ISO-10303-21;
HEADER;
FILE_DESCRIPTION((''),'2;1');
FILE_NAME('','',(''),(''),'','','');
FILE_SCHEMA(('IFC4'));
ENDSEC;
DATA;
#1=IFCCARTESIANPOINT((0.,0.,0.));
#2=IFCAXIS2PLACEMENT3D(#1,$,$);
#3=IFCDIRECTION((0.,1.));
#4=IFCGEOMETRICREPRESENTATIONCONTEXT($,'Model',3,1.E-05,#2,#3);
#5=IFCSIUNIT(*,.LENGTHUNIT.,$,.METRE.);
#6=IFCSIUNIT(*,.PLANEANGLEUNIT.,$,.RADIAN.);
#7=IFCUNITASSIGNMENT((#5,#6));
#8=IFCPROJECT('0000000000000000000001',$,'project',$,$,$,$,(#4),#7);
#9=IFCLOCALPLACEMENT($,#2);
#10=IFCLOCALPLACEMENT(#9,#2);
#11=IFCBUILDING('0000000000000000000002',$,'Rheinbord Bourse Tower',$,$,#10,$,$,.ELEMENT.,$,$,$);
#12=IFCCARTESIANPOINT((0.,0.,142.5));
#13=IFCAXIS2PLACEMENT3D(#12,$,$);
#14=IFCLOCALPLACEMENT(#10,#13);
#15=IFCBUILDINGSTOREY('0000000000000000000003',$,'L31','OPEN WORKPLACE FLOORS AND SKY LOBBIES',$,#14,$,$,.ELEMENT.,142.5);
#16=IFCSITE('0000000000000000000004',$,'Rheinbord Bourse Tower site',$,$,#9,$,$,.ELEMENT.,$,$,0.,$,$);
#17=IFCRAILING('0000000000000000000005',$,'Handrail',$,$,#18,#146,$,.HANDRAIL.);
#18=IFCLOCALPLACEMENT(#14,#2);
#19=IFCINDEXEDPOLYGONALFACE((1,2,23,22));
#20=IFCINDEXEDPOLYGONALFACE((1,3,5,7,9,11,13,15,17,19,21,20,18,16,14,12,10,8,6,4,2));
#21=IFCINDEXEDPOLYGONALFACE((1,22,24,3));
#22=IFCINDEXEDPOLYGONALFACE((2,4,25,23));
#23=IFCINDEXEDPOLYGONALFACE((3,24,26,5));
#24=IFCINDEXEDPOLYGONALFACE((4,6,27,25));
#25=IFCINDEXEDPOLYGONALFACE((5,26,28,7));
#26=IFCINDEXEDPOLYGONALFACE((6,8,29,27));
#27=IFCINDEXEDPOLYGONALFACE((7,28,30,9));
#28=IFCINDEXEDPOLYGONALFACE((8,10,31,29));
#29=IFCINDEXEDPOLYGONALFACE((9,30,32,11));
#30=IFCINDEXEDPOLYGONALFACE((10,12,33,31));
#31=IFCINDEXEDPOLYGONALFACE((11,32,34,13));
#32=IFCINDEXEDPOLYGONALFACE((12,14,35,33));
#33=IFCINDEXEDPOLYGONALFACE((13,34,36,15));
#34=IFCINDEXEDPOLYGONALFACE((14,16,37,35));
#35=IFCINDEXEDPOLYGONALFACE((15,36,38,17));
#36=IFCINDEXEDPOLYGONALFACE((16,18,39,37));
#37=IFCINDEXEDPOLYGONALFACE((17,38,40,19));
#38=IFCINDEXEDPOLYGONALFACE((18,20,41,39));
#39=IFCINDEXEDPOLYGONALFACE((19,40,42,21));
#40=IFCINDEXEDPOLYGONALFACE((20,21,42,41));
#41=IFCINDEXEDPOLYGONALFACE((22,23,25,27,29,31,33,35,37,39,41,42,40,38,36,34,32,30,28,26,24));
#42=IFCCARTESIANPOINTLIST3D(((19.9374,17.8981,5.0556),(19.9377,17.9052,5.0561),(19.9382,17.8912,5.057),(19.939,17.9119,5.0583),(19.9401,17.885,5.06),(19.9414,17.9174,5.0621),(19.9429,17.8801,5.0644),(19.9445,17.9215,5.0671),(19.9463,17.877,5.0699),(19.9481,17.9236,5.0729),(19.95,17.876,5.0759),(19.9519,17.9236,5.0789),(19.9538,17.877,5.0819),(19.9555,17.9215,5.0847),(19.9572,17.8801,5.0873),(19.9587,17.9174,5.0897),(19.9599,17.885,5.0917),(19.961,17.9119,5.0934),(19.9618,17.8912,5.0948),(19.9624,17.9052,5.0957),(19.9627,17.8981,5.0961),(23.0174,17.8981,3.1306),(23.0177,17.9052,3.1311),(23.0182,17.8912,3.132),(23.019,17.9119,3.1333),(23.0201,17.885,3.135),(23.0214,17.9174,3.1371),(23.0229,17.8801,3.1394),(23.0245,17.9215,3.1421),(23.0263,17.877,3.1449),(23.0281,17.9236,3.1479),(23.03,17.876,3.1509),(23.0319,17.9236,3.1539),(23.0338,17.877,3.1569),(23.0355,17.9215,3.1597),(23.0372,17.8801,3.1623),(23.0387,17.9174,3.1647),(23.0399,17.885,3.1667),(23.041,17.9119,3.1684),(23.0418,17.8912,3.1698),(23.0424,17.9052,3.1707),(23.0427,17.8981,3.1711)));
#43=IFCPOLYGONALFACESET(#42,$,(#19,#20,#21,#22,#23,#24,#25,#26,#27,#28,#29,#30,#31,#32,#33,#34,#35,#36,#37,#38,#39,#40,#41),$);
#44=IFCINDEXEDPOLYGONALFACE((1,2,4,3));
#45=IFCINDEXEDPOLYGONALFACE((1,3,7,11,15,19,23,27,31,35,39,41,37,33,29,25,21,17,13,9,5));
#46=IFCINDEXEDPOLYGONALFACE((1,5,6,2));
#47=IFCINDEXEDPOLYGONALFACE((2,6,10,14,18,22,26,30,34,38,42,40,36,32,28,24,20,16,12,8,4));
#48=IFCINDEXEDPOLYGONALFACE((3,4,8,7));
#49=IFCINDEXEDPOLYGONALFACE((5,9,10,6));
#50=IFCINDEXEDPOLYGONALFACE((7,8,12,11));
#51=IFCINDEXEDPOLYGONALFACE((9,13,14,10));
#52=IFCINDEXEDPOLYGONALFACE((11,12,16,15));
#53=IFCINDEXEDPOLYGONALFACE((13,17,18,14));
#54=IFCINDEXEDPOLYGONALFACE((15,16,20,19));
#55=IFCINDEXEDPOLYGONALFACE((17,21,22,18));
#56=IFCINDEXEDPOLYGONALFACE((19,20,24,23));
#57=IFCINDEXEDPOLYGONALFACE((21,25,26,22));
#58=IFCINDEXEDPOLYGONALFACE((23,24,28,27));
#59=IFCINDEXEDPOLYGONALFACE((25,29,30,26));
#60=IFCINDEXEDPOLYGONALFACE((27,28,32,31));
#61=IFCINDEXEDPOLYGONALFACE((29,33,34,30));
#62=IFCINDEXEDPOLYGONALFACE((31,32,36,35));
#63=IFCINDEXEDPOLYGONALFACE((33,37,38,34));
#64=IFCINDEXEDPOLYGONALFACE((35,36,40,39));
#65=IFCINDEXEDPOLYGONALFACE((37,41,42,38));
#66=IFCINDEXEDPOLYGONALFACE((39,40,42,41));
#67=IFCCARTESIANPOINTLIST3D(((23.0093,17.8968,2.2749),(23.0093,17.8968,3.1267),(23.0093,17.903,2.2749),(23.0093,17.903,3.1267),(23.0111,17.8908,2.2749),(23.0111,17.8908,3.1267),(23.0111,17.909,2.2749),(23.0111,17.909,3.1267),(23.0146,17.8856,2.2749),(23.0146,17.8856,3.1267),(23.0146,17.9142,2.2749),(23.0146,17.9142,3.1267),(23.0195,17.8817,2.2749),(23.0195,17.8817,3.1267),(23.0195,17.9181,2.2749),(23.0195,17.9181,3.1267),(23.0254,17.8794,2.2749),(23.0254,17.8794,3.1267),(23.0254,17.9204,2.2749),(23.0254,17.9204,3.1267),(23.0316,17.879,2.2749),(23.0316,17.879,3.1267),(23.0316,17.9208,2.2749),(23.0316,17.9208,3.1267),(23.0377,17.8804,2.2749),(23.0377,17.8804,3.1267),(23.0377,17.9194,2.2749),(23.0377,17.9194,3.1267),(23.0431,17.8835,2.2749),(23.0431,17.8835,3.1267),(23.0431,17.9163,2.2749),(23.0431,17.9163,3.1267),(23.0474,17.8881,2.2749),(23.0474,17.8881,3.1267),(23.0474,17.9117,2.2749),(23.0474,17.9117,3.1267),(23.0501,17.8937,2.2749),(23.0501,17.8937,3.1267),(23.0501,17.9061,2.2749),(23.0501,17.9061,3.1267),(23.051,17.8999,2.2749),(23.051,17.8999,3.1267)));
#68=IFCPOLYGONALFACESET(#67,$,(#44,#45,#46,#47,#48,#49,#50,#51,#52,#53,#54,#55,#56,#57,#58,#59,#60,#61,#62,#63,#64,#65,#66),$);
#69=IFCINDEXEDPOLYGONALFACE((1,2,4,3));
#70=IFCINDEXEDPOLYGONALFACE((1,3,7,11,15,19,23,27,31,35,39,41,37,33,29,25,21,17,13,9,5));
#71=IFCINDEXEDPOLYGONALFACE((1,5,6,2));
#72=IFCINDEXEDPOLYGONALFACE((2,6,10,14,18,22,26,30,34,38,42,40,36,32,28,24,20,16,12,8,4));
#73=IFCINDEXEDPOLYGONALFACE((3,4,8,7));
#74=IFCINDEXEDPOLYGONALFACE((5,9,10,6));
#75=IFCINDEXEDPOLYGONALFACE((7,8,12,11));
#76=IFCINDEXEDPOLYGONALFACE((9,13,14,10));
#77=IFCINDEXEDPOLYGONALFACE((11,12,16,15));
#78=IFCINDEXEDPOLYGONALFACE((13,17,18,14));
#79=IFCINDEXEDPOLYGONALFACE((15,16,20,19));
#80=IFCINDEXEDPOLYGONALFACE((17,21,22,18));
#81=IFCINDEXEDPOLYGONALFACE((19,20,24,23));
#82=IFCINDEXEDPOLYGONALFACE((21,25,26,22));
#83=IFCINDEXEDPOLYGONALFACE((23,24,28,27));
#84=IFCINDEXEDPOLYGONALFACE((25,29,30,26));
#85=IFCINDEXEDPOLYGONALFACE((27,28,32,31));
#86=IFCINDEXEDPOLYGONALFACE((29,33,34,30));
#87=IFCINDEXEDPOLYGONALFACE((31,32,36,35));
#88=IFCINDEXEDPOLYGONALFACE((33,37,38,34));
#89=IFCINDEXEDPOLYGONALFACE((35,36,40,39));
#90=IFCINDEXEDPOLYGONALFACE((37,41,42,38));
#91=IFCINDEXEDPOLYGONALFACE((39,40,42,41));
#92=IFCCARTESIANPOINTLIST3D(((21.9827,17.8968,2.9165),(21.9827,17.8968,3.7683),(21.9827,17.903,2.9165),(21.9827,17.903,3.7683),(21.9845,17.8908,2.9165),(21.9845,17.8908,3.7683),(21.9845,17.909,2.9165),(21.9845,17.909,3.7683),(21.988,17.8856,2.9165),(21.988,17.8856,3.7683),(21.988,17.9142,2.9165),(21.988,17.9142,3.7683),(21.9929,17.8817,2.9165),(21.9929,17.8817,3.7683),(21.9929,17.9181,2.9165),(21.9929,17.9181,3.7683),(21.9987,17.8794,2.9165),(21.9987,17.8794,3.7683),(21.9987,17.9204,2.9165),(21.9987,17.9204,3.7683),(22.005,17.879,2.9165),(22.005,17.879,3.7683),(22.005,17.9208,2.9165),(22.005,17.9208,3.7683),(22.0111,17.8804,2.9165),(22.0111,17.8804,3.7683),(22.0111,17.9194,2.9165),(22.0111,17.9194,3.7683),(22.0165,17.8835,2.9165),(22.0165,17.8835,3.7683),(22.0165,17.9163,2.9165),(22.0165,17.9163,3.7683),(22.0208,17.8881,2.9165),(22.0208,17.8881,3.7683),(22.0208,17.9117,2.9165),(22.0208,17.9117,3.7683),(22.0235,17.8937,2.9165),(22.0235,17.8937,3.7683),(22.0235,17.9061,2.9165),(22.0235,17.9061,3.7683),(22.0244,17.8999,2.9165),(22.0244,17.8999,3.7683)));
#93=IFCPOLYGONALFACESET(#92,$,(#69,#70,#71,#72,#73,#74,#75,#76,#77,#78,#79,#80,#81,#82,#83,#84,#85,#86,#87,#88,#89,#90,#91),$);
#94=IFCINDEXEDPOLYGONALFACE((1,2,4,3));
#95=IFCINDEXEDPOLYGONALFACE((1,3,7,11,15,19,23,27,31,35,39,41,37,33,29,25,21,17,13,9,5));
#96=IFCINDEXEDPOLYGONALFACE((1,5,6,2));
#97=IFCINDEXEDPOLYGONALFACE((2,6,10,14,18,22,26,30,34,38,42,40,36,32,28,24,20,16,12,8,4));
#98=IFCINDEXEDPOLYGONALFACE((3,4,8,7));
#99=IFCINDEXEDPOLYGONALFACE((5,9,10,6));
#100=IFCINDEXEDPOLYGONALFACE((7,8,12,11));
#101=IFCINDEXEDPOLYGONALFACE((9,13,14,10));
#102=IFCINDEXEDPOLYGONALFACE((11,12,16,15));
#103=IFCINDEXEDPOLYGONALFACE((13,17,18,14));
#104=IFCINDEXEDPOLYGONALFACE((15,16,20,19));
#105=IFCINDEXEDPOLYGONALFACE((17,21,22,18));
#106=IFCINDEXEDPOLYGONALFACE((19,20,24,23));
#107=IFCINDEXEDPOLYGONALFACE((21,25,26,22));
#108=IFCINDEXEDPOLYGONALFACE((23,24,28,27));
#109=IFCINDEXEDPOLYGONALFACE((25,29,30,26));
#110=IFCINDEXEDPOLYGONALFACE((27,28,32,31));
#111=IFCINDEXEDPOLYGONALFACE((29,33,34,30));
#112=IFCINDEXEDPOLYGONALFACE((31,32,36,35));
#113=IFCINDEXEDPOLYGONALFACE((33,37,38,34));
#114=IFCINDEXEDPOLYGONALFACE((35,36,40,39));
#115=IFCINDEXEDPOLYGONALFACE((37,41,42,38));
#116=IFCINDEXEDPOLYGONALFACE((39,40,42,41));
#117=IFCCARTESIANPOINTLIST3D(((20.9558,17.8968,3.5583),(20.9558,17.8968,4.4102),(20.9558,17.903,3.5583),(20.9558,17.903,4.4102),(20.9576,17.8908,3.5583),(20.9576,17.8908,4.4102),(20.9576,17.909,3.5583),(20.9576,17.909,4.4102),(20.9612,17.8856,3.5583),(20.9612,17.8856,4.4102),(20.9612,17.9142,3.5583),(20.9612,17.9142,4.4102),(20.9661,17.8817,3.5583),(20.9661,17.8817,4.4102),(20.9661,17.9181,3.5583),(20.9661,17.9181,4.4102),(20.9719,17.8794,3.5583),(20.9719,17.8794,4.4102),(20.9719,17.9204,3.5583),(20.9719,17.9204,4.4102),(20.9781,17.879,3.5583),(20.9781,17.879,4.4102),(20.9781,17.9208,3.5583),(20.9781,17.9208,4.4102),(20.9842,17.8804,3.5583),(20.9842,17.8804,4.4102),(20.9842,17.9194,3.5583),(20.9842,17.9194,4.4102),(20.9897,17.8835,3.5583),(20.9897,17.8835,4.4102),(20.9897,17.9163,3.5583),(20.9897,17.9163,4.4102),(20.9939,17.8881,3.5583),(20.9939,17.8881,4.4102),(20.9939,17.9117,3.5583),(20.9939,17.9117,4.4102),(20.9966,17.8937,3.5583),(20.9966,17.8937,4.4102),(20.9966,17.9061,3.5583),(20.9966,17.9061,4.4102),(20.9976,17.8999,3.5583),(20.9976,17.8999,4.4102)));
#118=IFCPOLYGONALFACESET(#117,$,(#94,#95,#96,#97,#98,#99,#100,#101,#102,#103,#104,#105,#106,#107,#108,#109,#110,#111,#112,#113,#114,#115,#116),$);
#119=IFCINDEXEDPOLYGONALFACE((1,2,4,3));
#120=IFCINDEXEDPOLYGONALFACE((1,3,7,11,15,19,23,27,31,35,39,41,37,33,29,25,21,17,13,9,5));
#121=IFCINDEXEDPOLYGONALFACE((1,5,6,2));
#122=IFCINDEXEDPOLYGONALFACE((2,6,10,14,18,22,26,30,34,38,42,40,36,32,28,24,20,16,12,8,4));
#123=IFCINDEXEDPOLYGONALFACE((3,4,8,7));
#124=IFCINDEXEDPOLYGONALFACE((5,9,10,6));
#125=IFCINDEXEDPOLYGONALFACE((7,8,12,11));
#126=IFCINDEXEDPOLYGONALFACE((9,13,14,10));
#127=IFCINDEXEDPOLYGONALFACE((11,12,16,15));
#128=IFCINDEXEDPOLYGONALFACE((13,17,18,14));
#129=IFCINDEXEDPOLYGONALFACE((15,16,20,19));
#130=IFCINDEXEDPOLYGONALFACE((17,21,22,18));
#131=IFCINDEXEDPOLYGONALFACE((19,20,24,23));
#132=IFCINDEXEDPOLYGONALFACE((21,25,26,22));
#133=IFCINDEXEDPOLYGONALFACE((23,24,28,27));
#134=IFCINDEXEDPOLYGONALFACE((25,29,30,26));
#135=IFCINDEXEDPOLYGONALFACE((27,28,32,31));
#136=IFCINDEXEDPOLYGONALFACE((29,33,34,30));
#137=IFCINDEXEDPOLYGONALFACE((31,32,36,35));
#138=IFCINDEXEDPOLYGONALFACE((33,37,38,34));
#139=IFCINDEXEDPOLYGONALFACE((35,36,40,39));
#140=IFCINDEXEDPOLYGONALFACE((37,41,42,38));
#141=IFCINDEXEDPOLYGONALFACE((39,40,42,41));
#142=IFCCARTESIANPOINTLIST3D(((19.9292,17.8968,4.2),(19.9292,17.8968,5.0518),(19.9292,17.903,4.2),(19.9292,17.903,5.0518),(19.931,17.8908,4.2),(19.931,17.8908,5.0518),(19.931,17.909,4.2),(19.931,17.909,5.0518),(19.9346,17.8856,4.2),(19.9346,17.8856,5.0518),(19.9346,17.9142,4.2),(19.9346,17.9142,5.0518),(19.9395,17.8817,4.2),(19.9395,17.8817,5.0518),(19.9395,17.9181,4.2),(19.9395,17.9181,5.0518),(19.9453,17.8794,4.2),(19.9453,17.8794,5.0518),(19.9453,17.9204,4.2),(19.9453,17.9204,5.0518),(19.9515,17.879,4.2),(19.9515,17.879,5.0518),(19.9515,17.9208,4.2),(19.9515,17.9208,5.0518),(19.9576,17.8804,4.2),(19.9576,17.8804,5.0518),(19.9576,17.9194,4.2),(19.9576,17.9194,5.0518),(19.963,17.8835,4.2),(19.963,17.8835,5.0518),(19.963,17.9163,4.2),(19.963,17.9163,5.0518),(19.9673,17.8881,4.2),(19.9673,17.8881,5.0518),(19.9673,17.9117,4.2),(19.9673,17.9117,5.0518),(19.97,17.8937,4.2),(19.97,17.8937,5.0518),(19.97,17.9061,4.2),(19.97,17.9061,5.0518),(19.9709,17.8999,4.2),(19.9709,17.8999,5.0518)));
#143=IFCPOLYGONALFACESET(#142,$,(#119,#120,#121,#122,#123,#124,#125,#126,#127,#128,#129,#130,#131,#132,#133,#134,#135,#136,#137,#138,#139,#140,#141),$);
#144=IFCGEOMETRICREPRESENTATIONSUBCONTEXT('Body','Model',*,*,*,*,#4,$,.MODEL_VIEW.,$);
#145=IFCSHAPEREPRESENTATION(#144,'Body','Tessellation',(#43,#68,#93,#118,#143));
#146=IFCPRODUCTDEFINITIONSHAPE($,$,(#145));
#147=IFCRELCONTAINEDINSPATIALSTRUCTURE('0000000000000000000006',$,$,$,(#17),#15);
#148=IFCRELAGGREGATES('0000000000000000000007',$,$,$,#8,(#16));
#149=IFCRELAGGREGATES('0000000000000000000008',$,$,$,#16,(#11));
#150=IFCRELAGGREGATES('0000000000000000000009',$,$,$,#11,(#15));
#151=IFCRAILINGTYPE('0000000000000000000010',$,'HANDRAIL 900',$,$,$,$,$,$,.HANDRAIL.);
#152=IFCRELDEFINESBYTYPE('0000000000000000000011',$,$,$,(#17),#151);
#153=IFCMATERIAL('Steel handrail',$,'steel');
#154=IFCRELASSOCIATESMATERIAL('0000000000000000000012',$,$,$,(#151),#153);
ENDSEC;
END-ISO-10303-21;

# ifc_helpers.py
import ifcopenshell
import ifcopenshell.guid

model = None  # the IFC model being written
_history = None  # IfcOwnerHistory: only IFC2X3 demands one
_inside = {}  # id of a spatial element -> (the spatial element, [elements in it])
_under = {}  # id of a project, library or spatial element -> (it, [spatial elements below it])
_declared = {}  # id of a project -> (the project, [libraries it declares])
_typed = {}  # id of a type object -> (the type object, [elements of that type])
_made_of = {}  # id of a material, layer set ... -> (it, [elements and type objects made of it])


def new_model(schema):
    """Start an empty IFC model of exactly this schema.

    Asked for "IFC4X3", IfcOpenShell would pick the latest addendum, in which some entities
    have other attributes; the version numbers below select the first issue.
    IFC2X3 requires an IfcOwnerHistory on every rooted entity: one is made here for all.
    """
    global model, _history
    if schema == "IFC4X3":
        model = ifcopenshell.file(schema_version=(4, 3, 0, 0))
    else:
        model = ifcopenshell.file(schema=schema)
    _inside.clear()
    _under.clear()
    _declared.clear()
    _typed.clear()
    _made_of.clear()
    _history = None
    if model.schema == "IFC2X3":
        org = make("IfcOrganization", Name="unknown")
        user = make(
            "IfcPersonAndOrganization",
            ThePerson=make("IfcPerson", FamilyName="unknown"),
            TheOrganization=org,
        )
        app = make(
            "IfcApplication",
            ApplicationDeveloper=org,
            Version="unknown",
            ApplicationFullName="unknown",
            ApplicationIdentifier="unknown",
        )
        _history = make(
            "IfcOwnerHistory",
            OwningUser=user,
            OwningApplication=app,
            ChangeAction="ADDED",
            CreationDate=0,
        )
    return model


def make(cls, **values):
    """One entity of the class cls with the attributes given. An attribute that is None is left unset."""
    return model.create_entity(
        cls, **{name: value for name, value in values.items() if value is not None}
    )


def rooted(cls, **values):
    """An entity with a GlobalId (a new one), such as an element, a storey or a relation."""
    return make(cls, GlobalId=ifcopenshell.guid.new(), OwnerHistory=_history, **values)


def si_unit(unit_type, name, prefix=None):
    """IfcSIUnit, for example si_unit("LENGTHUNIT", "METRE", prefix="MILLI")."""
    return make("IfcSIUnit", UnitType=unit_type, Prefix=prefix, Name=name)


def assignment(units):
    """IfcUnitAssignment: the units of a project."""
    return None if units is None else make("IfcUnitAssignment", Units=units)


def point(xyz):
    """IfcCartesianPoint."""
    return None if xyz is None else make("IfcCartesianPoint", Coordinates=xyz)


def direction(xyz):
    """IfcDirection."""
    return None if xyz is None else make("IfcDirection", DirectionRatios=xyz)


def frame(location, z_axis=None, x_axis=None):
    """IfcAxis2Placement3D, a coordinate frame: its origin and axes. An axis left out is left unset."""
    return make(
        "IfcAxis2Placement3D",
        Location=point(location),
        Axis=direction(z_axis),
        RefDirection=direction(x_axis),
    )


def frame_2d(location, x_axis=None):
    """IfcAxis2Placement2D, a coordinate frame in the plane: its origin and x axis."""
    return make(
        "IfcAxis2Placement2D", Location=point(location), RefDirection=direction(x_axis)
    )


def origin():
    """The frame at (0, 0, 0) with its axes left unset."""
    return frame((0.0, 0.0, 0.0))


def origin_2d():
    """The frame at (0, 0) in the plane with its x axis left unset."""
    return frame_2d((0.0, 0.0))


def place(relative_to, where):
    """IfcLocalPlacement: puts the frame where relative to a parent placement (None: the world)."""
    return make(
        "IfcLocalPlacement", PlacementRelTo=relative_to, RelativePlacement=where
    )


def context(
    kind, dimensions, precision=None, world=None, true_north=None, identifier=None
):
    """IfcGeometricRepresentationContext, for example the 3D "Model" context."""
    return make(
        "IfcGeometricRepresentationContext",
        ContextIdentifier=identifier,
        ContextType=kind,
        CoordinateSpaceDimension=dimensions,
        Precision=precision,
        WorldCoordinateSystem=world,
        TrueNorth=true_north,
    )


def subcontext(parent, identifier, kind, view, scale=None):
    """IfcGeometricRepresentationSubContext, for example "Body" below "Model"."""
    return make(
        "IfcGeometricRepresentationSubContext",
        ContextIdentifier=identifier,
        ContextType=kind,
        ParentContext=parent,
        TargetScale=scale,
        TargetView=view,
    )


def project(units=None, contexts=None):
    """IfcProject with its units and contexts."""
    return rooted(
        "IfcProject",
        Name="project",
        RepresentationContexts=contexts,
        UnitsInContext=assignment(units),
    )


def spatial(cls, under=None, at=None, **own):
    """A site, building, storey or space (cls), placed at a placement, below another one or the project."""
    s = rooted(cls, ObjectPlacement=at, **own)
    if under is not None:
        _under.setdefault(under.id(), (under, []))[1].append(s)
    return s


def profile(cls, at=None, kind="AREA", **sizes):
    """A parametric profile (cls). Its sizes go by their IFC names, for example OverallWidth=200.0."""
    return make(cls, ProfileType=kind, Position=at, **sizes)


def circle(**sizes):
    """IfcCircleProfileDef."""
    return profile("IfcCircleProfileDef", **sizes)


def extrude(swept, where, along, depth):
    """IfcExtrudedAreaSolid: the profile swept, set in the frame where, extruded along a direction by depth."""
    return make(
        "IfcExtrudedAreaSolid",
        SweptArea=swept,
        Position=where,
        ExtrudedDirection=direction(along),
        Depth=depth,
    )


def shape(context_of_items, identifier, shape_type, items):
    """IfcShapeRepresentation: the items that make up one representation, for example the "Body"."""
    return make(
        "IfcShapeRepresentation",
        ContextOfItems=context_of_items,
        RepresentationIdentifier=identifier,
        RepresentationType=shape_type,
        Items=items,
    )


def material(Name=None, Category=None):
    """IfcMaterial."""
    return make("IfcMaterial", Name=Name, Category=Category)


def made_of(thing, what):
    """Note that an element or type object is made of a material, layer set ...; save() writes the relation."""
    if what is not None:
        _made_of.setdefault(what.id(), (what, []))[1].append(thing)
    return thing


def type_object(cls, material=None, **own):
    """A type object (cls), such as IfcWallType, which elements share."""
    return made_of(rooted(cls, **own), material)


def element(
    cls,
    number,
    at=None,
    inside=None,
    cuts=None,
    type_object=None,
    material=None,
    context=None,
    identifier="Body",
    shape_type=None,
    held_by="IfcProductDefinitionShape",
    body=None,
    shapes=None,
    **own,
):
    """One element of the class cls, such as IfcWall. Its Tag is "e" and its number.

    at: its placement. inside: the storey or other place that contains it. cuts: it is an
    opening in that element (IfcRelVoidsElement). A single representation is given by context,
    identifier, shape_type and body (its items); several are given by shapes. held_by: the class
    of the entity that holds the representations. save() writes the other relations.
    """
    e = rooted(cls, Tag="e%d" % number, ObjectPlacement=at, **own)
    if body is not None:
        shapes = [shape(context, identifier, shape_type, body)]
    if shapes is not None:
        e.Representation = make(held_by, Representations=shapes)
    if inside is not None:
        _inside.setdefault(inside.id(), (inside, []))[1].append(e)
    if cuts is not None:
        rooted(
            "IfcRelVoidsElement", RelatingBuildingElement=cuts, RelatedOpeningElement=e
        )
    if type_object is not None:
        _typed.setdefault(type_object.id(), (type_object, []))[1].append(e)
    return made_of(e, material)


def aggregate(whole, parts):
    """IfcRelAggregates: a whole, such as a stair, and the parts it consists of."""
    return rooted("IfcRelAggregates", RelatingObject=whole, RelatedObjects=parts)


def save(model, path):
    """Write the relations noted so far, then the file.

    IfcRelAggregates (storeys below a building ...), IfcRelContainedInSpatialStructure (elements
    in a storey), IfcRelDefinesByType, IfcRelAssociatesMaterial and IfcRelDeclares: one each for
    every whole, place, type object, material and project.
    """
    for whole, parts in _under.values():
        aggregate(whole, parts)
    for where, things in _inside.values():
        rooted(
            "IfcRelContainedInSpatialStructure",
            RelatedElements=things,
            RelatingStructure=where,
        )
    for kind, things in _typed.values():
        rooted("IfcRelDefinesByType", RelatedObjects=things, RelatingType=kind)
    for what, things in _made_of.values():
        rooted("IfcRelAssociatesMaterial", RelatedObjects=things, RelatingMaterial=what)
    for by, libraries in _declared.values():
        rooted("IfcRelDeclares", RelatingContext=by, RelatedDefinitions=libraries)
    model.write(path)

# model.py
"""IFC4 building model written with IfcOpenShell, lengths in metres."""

from ifc_helpers import new_model, si_unit, direction, frame, origin, origin_2d, place, context, subcontext, project, spatial, circle, extrude, material, type_object, element, save


model = new_model("IFC4")

# Units and contexts
model_context = context("Model", 3, precision=1e-05, world=origin(), true_north=direction((0.0, 1.0)))
body_context = subcontext(model_context, "Body", "Model", "MODEL_VIEW")
ifc_project = project(units=[si_unit("LENGTHUNIT", "METRE"), si_unit("PLANEANGLEUNIT", "RADIAN")], contexts=[model_context])

# Site, building, storey
site_placement = place(None, origin())
site = spatial("IfcSite", under=ifc_project, at=site_placement, Name="Rheinbord Bourse Tower site", CompositionType="ELEMENT", RefElevation=0.0)
building_placement = place(site_placement, origin())
building = spatial("IfcBuilding", under=site, at=building_placement, Name="Rheinbord Bourse Tower", CompositionType="ELEMENT")
storey_placement = place(building_placement, frame((0.0, 0.0, 142.5)))
storey = spatial("IfcBuildingStorey", under=building, at=storey_placement, Name="L31", Description="OPEN WORKPLACE FLOORS AND SKY LOBBIES", CompositionType="ELEMENT", Elevation=142.5)

# Railing
ifc_material_1 = material(Name="Steel handrail", Category="steel")
railing_type = type_object("IfcRailingType", Name="HANDRAIL 900", PredefinedType="HANDRAIL", material=ifc_material_1)
railing_placement = place(storey_placement, frame((23.03, 17.8999, 2.2749)))
element("IfcRailing", 1, at=railing_placement, inside=storey, type_object=railing_type, Name="Handrail", PredefinedType="HANDRAIL", context=body_context, shape_type="SweptSolid", body=[
    extrude(circle(Radius=0.0239, at=origin_2d()), frame((0.0, 0.0, 0.876), z_axis=(-0.847998, 0.0, 0.529999), x_axis=(0.0, -1.0, 0.0)), (0.0, 0.0, 1.0), 3.6321),
    extrude(circle(Radius=0.021, at=origin_2d()), origin(), (0.0, 0.0, 1.0), 0.8518),
    extrude(circle(Radius=0.021, at=origin_2d()), frame((-1.0266, 0.0, 0.6416)), (0.0, 0.0, 1.0), 0.8518),
    extrude(circle(Radius=0.021, at=origin_2d()), frame((-2.0535, 0.0, 1.2834)), (0.0, 0.0, 1.0), 0.8518),
    extrude(circle(Radius=0.021, at=origin_2d()), frame((-3.0801, 0.0, 1.925)), (0.0, 0.0, 1.0), 0.8518),
])

save(model, "model.ifc")
